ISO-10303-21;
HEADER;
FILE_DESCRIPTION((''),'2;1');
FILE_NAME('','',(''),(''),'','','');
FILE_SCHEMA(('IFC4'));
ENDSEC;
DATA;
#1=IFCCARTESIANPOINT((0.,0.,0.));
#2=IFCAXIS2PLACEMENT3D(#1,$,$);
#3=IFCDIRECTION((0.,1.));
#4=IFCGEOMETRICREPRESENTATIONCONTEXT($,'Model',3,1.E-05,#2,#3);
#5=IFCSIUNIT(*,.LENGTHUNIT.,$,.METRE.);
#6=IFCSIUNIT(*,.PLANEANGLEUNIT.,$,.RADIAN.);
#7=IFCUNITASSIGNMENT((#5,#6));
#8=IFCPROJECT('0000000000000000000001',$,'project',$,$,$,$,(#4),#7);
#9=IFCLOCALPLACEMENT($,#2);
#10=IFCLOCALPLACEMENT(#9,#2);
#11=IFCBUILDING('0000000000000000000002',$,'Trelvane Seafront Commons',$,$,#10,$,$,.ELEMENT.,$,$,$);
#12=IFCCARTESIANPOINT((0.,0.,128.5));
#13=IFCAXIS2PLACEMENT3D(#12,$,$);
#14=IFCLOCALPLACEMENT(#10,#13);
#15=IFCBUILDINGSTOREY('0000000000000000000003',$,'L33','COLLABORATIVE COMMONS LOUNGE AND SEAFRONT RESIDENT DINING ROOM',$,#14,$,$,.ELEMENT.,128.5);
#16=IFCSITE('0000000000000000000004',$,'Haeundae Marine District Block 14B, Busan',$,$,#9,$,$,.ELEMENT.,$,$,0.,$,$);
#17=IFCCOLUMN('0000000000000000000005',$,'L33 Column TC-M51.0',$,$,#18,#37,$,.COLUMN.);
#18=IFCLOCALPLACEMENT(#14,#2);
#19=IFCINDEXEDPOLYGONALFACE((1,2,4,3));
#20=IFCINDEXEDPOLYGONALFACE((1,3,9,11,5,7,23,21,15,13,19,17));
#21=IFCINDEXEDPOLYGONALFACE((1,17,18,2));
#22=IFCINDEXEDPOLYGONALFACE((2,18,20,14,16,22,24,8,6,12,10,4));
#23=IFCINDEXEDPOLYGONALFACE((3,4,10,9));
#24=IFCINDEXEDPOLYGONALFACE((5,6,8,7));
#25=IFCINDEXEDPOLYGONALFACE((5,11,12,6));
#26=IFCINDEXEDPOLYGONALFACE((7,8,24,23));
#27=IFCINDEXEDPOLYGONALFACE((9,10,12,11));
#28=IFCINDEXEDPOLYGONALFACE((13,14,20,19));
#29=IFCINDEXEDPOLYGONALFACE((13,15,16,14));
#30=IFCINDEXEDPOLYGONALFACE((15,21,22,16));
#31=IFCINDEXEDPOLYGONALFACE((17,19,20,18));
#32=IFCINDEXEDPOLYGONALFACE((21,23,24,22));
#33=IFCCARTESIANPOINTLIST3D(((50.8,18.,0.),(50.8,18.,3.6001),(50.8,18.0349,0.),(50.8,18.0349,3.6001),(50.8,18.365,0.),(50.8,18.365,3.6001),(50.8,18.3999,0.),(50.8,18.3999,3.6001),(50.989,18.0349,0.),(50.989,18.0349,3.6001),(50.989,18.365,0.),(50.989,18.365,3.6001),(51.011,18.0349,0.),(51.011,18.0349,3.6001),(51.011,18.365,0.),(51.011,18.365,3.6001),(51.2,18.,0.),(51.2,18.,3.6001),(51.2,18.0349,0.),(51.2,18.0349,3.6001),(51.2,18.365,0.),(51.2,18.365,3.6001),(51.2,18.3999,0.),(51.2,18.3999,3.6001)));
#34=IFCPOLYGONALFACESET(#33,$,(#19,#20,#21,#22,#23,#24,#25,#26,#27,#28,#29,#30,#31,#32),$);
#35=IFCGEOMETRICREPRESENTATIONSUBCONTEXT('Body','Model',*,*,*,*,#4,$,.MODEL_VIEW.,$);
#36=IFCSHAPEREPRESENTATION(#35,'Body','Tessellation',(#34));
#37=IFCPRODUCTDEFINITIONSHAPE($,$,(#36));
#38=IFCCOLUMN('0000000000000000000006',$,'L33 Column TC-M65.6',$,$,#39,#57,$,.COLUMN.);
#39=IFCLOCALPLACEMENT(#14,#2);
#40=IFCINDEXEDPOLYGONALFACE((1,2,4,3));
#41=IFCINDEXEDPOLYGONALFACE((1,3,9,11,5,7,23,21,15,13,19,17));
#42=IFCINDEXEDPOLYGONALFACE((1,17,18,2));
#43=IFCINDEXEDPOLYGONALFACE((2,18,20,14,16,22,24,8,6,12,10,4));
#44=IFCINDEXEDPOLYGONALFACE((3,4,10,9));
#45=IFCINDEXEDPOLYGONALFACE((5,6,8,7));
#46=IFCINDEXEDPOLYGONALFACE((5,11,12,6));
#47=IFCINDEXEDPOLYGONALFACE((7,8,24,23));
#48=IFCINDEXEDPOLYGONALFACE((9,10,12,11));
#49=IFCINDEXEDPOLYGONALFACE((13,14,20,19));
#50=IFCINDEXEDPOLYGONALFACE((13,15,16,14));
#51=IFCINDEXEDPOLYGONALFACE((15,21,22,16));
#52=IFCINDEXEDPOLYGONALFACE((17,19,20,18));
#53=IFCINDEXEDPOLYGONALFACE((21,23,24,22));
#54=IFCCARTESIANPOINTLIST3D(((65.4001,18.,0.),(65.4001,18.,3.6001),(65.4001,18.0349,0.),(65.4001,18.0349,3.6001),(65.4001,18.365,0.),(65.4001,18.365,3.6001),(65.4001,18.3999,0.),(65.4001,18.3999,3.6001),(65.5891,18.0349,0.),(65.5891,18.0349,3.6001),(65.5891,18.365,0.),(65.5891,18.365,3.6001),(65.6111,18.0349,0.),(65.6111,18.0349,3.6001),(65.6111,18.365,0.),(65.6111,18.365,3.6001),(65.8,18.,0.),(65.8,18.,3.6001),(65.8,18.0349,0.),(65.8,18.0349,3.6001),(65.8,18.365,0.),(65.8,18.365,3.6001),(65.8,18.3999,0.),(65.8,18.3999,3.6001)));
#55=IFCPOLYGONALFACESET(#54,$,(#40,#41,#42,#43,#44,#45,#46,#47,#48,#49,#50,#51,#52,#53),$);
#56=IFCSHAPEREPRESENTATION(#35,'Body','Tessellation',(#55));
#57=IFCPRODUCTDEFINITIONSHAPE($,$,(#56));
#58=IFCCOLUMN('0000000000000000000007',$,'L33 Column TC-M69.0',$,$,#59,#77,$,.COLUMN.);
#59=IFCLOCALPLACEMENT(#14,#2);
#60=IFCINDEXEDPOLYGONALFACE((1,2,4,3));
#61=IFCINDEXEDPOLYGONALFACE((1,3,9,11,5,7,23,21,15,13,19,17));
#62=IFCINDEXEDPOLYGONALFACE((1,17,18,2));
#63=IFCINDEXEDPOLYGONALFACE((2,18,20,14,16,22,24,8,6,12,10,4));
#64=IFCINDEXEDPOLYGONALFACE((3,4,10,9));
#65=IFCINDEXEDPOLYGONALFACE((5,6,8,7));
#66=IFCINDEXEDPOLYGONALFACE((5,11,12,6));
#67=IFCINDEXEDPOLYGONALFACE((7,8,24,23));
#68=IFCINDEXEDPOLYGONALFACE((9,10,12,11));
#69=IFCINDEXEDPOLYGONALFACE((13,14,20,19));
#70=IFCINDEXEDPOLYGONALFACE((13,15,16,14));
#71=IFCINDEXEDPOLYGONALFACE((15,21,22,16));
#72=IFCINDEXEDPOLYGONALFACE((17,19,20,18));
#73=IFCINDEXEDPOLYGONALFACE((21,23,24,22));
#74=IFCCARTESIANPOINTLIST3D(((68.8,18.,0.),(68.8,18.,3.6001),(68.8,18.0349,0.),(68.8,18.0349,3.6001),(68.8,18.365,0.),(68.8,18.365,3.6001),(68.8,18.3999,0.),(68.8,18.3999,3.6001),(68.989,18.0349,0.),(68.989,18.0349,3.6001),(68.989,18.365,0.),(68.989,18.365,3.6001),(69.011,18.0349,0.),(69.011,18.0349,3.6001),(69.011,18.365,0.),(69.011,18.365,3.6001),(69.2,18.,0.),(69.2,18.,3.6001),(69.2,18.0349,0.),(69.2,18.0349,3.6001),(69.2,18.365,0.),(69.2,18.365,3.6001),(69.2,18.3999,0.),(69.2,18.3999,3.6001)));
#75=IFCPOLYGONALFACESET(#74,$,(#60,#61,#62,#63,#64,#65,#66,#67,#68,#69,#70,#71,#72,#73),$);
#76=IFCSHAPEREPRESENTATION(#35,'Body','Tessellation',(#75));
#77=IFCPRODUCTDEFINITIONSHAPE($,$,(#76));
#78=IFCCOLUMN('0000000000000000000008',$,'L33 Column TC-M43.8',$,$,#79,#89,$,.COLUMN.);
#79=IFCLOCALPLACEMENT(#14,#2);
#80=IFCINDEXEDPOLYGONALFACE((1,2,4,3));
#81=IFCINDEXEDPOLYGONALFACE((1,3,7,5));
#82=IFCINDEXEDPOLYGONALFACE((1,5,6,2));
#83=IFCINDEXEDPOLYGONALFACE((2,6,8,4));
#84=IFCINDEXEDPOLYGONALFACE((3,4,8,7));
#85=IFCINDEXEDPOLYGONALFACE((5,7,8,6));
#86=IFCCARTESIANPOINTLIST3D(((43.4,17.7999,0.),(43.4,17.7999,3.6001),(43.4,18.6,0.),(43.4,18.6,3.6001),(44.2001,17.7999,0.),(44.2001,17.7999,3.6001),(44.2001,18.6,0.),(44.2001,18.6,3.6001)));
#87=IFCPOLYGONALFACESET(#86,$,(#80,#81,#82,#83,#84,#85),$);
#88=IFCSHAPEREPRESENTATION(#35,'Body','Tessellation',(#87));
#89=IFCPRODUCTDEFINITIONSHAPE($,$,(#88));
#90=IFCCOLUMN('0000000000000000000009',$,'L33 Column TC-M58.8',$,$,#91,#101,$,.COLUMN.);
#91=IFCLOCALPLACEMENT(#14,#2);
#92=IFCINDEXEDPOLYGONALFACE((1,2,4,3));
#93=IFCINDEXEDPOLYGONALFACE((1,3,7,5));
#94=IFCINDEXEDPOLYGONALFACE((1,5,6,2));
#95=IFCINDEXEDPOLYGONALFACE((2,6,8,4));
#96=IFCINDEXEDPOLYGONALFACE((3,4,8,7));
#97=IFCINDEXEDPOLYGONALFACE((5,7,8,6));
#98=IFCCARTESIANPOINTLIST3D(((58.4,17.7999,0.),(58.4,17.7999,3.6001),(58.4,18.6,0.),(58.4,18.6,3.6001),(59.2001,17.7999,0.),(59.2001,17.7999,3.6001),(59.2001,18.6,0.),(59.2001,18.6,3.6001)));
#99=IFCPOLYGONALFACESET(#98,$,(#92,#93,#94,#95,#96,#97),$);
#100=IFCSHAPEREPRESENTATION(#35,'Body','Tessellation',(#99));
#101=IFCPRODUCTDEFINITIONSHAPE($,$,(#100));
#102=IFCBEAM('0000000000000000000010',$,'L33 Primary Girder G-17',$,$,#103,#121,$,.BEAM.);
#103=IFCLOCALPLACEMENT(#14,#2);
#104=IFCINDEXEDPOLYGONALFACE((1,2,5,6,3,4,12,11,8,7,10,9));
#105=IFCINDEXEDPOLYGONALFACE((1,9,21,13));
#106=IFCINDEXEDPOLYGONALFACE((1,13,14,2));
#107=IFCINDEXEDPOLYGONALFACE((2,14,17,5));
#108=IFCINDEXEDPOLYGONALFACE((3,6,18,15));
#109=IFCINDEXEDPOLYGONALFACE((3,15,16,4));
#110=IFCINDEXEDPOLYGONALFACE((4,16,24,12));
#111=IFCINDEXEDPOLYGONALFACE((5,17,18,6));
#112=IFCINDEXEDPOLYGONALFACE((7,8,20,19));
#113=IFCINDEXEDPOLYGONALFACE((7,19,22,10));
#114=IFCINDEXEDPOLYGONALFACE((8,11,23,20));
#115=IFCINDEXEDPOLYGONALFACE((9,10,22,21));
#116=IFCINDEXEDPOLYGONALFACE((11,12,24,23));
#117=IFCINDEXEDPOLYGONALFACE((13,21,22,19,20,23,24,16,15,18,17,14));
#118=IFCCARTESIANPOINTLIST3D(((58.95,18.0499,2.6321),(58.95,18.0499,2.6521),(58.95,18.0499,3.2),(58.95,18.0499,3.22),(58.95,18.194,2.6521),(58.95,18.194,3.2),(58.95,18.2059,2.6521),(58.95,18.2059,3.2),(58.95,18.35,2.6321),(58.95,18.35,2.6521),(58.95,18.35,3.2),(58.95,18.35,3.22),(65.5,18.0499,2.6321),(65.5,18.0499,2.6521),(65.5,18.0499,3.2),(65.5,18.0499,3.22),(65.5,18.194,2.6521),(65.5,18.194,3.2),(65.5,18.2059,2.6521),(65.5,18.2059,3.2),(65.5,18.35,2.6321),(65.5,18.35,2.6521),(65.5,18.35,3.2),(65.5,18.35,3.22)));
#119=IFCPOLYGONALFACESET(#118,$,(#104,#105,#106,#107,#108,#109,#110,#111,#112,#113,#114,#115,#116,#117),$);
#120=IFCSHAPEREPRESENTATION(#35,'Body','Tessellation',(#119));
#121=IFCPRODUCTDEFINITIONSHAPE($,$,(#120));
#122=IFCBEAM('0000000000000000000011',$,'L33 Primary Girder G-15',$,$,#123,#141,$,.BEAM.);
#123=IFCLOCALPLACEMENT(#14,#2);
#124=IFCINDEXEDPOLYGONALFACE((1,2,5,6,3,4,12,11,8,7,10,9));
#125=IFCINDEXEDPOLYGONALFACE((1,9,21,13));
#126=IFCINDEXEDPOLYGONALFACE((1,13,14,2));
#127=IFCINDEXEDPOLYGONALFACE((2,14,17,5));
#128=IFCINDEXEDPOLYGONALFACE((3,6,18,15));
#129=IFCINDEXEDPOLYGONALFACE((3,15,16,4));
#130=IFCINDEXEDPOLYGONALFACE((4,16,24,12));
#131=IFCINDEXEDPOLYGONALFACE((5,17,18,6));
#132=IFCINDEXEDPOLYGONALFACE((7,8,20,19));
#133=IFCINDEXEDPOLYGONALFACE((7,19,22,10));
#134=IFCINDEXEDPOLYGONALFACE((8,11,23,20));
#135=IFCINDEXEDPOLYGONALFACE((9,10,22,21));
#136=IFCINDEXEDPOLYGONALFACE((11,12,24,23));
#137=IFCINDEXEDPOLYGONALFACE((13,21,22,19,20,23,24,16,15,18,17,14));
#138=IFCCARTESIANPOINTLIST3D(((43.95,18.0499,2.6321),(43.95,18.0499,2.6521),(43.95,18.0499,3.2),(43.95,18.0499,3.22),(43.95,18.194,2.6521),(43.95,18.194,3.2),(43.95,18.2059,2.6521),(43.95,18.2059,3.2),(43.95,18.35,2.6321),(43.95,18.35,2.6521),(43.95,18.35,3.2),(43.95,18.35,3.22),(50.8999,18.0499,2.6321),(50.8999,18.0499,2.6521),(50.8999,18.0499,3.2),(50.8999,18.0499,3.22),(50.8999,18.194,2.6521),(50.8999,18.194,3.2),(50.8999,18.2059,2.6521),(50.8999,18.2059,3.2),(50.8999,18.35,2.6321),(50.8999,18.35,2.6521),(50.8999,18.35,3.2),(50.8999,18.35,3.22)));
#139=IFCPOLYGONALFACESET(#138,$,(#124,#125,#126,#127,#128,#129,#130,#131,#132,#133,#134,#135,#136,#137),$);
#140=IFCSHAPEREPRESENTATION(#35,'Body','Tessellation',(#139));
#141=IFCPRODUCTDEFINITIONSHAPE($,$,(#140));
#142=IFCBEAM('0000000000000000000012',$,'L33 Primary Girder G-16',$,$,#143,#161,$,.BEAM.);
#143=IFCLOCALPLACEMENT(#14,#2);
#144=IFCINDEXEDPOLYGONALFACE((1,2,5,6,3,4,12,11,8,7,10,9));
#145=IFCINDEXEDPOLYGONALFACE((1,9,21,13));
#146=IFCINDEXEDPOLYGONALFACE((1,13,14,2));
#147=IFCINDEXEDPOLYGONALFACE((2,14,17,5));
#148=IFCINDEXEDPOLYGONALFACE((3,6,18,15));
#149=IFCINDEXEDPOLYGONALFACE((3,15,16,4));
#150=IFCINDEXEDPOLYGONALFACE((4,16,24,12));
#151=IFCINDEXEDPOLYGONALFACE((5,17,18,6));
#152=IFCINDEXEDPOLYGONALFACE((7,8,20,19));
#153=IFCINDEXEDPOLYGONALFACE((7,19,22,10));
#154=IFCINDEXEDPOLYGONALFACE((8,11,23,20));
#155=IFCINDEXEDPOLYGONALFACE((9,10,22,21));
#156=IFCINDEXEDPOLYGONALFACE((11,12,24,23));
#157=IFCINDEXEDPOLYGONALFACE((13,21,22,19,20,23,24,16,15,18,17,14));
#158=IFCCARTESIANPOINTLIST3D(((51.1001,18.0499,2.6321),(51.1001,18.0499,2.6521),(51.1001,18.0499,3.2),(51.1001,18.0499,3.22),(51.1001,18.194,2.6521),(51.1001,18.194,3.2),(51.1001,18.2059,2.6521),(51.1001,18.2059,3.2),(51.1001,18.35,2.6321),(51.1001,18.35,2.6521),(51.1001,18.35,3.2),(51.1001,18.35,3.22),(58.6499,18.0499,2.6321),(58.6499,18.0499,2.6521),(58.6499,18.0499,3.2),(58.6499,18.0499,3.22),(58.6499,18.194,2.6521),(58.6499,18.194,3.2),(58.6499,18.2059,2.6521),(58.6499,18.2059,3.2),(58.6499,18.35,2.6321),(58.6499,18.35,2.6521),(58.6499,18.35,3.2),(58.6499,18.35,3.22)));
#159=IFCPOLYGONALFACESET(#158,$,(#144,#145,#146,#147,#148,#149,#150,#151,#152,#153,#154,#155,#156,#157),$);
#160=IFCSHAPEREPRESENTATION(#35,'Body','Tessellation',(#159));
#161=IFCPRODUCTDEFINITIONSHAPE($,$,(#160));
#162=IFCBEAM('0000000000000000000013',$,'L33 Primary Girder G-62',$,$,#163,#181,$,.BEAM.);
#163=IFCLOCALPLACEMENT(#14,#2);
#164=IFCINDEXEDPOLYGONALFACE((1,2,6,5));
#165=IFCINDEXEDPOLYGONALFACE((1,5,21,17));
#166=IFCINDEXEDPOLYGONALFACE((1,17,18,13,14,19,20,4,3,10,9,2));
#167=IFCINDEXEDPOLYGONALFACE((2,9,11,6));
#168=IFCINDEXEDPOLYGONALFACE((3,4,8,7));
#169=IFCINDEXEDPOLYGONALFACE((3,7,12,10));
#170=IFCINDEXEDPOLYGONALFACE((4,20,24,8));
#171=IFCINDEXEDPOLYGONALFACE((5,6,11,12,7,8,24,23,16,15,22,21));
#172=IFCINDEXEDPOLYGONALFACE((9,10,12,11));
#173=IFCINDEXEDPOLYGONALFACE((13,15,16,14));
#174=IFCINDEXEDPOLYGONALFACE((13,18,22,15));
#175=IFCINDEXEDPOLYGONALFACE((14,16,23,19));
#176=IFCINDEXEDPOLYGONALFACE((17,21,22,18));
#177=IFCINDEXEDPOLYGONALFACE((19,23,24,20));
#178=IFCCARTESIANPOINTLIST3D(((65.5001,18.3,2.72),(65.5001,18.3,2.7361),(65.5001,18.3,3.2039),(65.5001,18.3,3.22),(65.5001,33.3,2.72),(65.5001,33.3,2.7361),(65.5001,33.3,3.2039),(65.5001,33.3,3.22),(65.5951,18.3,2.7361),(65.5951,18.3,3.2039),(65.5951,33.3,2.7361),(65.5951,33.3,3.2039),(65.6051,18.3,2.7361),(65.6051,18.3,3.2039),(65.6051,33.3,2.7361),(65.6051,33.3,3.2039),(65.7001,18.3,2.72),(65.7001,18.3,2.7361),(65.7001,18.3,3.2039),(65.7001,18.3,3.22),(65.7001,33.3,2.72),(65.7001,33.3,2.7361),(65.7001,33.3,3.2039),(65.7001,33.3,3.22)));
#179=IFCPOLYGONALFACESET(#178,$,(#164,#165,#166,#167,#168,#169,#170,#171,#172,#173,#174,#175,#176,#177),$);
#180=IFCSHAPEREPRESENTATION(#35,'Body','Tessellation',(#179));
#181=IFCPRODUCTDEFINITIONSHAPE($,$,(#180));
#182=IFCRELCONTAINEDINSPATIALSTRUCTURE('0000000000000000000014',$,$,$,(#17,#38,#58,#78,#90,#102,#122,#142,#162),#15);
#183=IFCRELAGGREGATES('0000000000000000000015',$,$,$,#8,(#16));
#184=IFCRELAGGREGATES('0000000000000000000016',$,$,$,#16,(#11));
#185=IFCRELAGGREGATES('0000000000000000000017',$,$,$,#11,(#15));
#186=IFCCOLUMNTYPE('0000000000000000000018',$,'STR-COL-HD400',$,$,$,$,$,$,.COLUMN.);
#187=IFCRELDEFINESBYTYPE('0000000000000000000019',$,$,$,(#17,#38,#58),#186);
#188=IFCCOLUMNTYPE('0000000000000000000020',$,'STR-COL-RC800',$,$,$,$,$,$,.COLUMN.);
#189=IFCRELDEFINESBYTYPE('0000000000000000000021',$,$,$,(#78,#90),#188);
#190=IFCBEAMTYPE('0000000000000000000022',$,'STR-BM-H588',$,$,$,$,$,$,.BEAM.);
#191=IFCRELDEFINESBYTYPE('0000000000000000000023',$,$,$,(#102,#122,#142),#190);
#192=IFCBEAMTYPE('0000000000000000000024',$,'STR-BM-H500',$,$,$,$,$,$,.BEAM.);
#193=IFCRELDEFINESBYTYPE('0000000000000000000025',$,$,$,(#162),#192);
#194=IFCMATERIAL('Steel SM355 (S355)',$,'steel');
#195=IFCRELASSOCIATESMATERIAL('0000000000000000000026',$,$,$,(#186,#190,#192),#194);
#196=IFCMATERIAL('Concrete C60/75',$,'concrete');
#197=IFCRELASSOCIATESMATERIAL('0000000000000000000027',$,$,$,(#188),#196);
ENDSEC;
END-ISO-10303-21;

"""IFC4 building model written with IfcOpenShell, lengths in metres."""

from ifc_helpers import new_model, si_unit, direction, frame, origin, origin_2d, place, context, subcontext, project, spatial, rectangle, i_section, extrude, source, transform, mapped, material, material_profile, profile_set, type_object, element, save


model = new_model("IFC4")

# Units and contexts
model_context = context("Model", 3, precision=1e-05, world=origin(), true_north=direction((0.0, 1.0)))
body_context = subcontext(model_context, "Body", "Model", "MODEL_VIEW")
ifc_project = project(units=[si_unit("LENGTHUNIT", "METRE"), si_unit("PLANEANGLEUNIT", "RADIAN")], contexts=[model_context])

# Site, building, storey
site_placement = place(None, origin())
site = spatial("IfcSite", under=ifc_project, at=site_placement, Name="Haeundae Marine District Block 14B, Busan", CompositionType="ELEMENT", RefElevation=0.0)
building_placement = place(site_placement, origin())
building = spatial("IfcBuilding", under=site, at=building_placement, Name="Trelvane Seafront Commons", CompositionType="ELEMENT")
storey_placement = place(building_placement, frame((0.0, 0.0, 128.5)))
storey = spatial("IfcBuildingStorey", under=building, at=storey_placement, Name="L33", Description="COLLABORATIVE COMMONS LOUNGE AND SEAFRONT RESIDENT DINING ROOM", CompositionType="ELEMENT", Elevation=128.5)

# Columns
ifc_material_1 = material(Name="Steel SM355 (S355)", Category="steel")
ifc_material_profile_1 = material_profile(ifc_material_1, i_section(OverallWidth=0.3999, OverallDepth=0.3999, WebThickness=0.022, FlangeThickness=0.0349, at=origin_2d()), Name="HD-400x400x22x35")
ifc_profile_set_1 = profile_set([ifc_material_profile_1], Name="Steel SM355 (S355)")
column_type_1 = type_object("IfcColumnType", Name="STR-COL-HD400", PredefinedType="COLUMN", material=ifc_profile_set_1)
shared_shape_1 = source(origin(), body_context, "Body", "SweptSolid", [
    extrude(i_section(OverallWidth=0.3999, OverallDepth=0.3999, WebThickness=0.022, FlangeThickness=0.0349, at=origin_2d()), origin(), (0.0, 0.0, 1.0), 3.6001),
])
for number, where, z_axis, x_axis, name in (
    (1, (51.0, 18.2, 0.0), (0.0, 0.0, 1.0), (1.0, 0.0, 0.0), "L33 Column TC-M51.0"),
    (2, (65.6001, 18.2, 0.0), (0.0, 0.0, 1.0), (1.0, 0.0, 0.0), "L33 Column TC-M65.6"),
    (3, (69.0, 18.2, 0.0), (0.0, 0.0, 1.0), (1.0, 0.0, 0.0), "L33 Column TC-M69.0"),
):
    element("IfcColumn", number, at=place(storey_placement, frame(where, z_axis=z_axis, x_axis=x_axis)), inside=storey, type_object=column_type_1, Name=name, PredefinedType="COLUMN", context=body_context, shape_type="MappedRepresentation", body=[
        mapped(shared_shape_1, transform((0.0, 0.0, 0.0), x_axis=(1.0, 0.0, 0.0), y_axis=(0.0, 1.0, 0.0), z_axis=(0.0, 0.0, 1.0), scale=1.0)),
    ])
ifc_material_2 = material(Name="Concrete C60/75", Category="concrete")
ifc_material_profile_2 = material_profile(ifc_material_2, rectangle(XDim=0.8, YDim=0.8, at=origin_2d()), Name="RC-800x800")
ifc_profile_set_2 = profile_set([ifc_material_profile_2], Name="Concrete C60/75")
column_type_2 = type_object("IfcColumnType", Name="STR-COL-RC800", PredefinedType="COLUMN", material=ifc_profile_set_2)
shared_shape_2 = source(origin(), body_context, "Body", "SweptSolid", [
    extrude(rectangle(XDim=0.8, YDim=0.8, at=origin_2d()), origin(), (0.0, 0.0, 1.0), 3.6001),
])
for number, where, z_axis, x_axis, name in (
    (4, (43.8, 18.2, 0.0), (0.0, 0.0, 1.0), (1.0, 0.0, 0.0), "L33 Column TC-M43.8"),
    (5, (58.8, 18.2, 0.0), (0.0, 0.0, 1.0), (1.0, 0.0, 0.0), "L33 Column TC-M58.8"),
):
    element("IfcColumn", number, at=place(storey_placement, frame(where, z_axis=z_axis, x_axis=x_axis)), inside=storey, type_object=column_type_2, Name=name, PredefinedType="COLUMN", context=body_context, shape_type="MappedRepresentation", body=[
        mapped(shared_shape_2, transform((0.0, 0.0, 0.0), x_axis=(1.0, 0.0, 0.0), y_axis=(0.0, 1.0, 0.0), z_axis=(0.0, 0.0, 1.0), scale=1.0)),
    ])

# Beams
ifc_material_profile_3 = material_profile(ifc_material_1, i_section(OverallWidth=0.3, OverallDepth=0.5879, WebThickness=0.012, FlangeThickness=0.02, at=origin_2d()), Name="H-588x300x12x20")
ifc_profile_set_3 = profile_set([ifc_material_profile_3], Name="Steel SM355 (S355)")
beam_type_1 = type_object("IfcBeamType", Name="STR-BM-H588", PredefinedType="BEAM", material=ifc_profile_set_3)
shared_shape_3 = source(origin(), body_context, "Body", "SweptSolid", [
    extrude(i_section(OverallWidth=0.3, OverallDepth=0.5879, WebThickness=0.012, FlangeThickness=0.02, at=origin_2d()), origin(), (0.0, 0.0, 1.0), 6.55),
])
beam_1_placement = place(storey_placement, frame((58.95, 18.2, 2.926), z_axis=(1.0, 0.0, 0.0), x_axis=(0.0, 1.0, 0.0)))
element("IfcBeam", 6, at=beam_1_placement, inside=storey, type_object=beam_type_1, Name="L33 Primary Girder G-17", PredefinedType="BEAM", context=body_context, shape_type="MappedRepresentation", body=[
    mapped(shared_shape_3, transform((0.0, 0.0, 0.0), x_axis=(1.0, 0.0, 0.0), y_axis=(0.0, 1.0, 0.0), z_axis=(0.0, 0.0, 1.0), scale=1.0)),
])
shared_shape_4 = source(origin(), body_context, "Body", "SweptSolid", [
    extrude(i_section(OverallWidth=0.3, OverallDepth=0.5879, WebThickness=0.012, FlangeThickness=0.02, at=origin_2d()), origin(), (0.0, 0.0, 1.0), 6.95),
])
beam_2_placement = place(storey_placement, frame((43.95, 18.2, 2.926), z_axis=(1.0, 0.0, 0.0), x_axis=(0.0, 1.0, 0.0)))
element("IfcBeam", 7, at=beam_2_placement, inside=storey, type_object=beam_type_1, Name="L33 Primary Girder G-15", PredefinedType="BEAM", context=body_context, shape_type="MappedRepresentation", body=[
    mapped(shared_shape_4, transform((0.0, 0.0, 0.0), x_axis=(1.0, 0.0, 0.0), y_axis=(0.0, 1.0, 0.0), z_axis=(0.0, 0.0, 1.0), scale=1.0)),
])
shared_shape_5 = source(origin(), body_context, "Body", "SweptSolid", [
    extrude(i_section(OverallWidth=0.3, OverallDepth=0.5879, WebThickness=0.012, FlangeThickness=0.02, at=origin_2d()), origin(), (0.0, 0.0, 1.0), 7.5498),
])
beam_3_placement = place(storey_placement, frame((51.1001, 18.2, 2.926), z_axis=(1.0, 0.0, 0.0), x_axis=(0.0, 1.0, 0.0)))
element("IfcBeam", 8, at=beam_3_placement, inside=storey, type_object=beam_type_1, Name="L33 Primary Girder G-16", PredefinedType="BEAM", context=body_context, shape_type="MappedRepresentation", body=[
    mapped(shared_shape_5, transform((0.0, 0.0, 0.0), x_axis=(1.0, 0.0, 0.0), y_axis=(0.0, 1.0, 0.0), z_axis=(0.0, 0.0, 1.0), scale=1.0)),
])
ifc_material_profile_4 = material_profile(ifc_material_1, i_section(OverallWidth=0.2, OverallDepth=0.5, WebThickness=0.01, FlangeThickness=0.0161, at=origin_2d()), Name="H-500x200x10x16")
ifc_profile_set_4 = profile_set([ifc_material_profile_4], Name="Steel SM355 (S355)")
beam_type_2 = type_object("IfcBeamType", Name="STR-BM-H500", PredefinedType="BEAM", material=ifc_profile_set_4)
shared_shape_6 = source(origin(), body_context, "Body", "SweptSolid", [
    extrude(i_section(OverallWidth=0.2, OverallDepth=0.5, WebThickness=0.01, FlangeThickness=0.0161, at=origin_2d()), origin(), (0.0, 0.0, 1.0), 15.0),
])
beam_4_placement = place(storey_placement, frame((65.6001, 18.3, 2.97), z_axis=(0.0, 1.0, 0.0), x_axis=(-1.0, 0.0, 0.0)))
element("IfcBeam", 9, at=beam_4_placement, inside=storey, type_object=beam_type_2, Name="L33 Primary Girder G-62", PredefinedType="BEAM", context=body_context, shape_type="MappedRepresentation", body=[
    mapped(shared_shape_6, transform((0.0, 0.0, 0.0), x_axis=(1.0, 0.0, 0.0), y_axis=(0.0, 1.0, 0.0), z_axis=(0.0, 0.0, 1.0), scale=1.0)),
])

save(model, "model.ifc")
